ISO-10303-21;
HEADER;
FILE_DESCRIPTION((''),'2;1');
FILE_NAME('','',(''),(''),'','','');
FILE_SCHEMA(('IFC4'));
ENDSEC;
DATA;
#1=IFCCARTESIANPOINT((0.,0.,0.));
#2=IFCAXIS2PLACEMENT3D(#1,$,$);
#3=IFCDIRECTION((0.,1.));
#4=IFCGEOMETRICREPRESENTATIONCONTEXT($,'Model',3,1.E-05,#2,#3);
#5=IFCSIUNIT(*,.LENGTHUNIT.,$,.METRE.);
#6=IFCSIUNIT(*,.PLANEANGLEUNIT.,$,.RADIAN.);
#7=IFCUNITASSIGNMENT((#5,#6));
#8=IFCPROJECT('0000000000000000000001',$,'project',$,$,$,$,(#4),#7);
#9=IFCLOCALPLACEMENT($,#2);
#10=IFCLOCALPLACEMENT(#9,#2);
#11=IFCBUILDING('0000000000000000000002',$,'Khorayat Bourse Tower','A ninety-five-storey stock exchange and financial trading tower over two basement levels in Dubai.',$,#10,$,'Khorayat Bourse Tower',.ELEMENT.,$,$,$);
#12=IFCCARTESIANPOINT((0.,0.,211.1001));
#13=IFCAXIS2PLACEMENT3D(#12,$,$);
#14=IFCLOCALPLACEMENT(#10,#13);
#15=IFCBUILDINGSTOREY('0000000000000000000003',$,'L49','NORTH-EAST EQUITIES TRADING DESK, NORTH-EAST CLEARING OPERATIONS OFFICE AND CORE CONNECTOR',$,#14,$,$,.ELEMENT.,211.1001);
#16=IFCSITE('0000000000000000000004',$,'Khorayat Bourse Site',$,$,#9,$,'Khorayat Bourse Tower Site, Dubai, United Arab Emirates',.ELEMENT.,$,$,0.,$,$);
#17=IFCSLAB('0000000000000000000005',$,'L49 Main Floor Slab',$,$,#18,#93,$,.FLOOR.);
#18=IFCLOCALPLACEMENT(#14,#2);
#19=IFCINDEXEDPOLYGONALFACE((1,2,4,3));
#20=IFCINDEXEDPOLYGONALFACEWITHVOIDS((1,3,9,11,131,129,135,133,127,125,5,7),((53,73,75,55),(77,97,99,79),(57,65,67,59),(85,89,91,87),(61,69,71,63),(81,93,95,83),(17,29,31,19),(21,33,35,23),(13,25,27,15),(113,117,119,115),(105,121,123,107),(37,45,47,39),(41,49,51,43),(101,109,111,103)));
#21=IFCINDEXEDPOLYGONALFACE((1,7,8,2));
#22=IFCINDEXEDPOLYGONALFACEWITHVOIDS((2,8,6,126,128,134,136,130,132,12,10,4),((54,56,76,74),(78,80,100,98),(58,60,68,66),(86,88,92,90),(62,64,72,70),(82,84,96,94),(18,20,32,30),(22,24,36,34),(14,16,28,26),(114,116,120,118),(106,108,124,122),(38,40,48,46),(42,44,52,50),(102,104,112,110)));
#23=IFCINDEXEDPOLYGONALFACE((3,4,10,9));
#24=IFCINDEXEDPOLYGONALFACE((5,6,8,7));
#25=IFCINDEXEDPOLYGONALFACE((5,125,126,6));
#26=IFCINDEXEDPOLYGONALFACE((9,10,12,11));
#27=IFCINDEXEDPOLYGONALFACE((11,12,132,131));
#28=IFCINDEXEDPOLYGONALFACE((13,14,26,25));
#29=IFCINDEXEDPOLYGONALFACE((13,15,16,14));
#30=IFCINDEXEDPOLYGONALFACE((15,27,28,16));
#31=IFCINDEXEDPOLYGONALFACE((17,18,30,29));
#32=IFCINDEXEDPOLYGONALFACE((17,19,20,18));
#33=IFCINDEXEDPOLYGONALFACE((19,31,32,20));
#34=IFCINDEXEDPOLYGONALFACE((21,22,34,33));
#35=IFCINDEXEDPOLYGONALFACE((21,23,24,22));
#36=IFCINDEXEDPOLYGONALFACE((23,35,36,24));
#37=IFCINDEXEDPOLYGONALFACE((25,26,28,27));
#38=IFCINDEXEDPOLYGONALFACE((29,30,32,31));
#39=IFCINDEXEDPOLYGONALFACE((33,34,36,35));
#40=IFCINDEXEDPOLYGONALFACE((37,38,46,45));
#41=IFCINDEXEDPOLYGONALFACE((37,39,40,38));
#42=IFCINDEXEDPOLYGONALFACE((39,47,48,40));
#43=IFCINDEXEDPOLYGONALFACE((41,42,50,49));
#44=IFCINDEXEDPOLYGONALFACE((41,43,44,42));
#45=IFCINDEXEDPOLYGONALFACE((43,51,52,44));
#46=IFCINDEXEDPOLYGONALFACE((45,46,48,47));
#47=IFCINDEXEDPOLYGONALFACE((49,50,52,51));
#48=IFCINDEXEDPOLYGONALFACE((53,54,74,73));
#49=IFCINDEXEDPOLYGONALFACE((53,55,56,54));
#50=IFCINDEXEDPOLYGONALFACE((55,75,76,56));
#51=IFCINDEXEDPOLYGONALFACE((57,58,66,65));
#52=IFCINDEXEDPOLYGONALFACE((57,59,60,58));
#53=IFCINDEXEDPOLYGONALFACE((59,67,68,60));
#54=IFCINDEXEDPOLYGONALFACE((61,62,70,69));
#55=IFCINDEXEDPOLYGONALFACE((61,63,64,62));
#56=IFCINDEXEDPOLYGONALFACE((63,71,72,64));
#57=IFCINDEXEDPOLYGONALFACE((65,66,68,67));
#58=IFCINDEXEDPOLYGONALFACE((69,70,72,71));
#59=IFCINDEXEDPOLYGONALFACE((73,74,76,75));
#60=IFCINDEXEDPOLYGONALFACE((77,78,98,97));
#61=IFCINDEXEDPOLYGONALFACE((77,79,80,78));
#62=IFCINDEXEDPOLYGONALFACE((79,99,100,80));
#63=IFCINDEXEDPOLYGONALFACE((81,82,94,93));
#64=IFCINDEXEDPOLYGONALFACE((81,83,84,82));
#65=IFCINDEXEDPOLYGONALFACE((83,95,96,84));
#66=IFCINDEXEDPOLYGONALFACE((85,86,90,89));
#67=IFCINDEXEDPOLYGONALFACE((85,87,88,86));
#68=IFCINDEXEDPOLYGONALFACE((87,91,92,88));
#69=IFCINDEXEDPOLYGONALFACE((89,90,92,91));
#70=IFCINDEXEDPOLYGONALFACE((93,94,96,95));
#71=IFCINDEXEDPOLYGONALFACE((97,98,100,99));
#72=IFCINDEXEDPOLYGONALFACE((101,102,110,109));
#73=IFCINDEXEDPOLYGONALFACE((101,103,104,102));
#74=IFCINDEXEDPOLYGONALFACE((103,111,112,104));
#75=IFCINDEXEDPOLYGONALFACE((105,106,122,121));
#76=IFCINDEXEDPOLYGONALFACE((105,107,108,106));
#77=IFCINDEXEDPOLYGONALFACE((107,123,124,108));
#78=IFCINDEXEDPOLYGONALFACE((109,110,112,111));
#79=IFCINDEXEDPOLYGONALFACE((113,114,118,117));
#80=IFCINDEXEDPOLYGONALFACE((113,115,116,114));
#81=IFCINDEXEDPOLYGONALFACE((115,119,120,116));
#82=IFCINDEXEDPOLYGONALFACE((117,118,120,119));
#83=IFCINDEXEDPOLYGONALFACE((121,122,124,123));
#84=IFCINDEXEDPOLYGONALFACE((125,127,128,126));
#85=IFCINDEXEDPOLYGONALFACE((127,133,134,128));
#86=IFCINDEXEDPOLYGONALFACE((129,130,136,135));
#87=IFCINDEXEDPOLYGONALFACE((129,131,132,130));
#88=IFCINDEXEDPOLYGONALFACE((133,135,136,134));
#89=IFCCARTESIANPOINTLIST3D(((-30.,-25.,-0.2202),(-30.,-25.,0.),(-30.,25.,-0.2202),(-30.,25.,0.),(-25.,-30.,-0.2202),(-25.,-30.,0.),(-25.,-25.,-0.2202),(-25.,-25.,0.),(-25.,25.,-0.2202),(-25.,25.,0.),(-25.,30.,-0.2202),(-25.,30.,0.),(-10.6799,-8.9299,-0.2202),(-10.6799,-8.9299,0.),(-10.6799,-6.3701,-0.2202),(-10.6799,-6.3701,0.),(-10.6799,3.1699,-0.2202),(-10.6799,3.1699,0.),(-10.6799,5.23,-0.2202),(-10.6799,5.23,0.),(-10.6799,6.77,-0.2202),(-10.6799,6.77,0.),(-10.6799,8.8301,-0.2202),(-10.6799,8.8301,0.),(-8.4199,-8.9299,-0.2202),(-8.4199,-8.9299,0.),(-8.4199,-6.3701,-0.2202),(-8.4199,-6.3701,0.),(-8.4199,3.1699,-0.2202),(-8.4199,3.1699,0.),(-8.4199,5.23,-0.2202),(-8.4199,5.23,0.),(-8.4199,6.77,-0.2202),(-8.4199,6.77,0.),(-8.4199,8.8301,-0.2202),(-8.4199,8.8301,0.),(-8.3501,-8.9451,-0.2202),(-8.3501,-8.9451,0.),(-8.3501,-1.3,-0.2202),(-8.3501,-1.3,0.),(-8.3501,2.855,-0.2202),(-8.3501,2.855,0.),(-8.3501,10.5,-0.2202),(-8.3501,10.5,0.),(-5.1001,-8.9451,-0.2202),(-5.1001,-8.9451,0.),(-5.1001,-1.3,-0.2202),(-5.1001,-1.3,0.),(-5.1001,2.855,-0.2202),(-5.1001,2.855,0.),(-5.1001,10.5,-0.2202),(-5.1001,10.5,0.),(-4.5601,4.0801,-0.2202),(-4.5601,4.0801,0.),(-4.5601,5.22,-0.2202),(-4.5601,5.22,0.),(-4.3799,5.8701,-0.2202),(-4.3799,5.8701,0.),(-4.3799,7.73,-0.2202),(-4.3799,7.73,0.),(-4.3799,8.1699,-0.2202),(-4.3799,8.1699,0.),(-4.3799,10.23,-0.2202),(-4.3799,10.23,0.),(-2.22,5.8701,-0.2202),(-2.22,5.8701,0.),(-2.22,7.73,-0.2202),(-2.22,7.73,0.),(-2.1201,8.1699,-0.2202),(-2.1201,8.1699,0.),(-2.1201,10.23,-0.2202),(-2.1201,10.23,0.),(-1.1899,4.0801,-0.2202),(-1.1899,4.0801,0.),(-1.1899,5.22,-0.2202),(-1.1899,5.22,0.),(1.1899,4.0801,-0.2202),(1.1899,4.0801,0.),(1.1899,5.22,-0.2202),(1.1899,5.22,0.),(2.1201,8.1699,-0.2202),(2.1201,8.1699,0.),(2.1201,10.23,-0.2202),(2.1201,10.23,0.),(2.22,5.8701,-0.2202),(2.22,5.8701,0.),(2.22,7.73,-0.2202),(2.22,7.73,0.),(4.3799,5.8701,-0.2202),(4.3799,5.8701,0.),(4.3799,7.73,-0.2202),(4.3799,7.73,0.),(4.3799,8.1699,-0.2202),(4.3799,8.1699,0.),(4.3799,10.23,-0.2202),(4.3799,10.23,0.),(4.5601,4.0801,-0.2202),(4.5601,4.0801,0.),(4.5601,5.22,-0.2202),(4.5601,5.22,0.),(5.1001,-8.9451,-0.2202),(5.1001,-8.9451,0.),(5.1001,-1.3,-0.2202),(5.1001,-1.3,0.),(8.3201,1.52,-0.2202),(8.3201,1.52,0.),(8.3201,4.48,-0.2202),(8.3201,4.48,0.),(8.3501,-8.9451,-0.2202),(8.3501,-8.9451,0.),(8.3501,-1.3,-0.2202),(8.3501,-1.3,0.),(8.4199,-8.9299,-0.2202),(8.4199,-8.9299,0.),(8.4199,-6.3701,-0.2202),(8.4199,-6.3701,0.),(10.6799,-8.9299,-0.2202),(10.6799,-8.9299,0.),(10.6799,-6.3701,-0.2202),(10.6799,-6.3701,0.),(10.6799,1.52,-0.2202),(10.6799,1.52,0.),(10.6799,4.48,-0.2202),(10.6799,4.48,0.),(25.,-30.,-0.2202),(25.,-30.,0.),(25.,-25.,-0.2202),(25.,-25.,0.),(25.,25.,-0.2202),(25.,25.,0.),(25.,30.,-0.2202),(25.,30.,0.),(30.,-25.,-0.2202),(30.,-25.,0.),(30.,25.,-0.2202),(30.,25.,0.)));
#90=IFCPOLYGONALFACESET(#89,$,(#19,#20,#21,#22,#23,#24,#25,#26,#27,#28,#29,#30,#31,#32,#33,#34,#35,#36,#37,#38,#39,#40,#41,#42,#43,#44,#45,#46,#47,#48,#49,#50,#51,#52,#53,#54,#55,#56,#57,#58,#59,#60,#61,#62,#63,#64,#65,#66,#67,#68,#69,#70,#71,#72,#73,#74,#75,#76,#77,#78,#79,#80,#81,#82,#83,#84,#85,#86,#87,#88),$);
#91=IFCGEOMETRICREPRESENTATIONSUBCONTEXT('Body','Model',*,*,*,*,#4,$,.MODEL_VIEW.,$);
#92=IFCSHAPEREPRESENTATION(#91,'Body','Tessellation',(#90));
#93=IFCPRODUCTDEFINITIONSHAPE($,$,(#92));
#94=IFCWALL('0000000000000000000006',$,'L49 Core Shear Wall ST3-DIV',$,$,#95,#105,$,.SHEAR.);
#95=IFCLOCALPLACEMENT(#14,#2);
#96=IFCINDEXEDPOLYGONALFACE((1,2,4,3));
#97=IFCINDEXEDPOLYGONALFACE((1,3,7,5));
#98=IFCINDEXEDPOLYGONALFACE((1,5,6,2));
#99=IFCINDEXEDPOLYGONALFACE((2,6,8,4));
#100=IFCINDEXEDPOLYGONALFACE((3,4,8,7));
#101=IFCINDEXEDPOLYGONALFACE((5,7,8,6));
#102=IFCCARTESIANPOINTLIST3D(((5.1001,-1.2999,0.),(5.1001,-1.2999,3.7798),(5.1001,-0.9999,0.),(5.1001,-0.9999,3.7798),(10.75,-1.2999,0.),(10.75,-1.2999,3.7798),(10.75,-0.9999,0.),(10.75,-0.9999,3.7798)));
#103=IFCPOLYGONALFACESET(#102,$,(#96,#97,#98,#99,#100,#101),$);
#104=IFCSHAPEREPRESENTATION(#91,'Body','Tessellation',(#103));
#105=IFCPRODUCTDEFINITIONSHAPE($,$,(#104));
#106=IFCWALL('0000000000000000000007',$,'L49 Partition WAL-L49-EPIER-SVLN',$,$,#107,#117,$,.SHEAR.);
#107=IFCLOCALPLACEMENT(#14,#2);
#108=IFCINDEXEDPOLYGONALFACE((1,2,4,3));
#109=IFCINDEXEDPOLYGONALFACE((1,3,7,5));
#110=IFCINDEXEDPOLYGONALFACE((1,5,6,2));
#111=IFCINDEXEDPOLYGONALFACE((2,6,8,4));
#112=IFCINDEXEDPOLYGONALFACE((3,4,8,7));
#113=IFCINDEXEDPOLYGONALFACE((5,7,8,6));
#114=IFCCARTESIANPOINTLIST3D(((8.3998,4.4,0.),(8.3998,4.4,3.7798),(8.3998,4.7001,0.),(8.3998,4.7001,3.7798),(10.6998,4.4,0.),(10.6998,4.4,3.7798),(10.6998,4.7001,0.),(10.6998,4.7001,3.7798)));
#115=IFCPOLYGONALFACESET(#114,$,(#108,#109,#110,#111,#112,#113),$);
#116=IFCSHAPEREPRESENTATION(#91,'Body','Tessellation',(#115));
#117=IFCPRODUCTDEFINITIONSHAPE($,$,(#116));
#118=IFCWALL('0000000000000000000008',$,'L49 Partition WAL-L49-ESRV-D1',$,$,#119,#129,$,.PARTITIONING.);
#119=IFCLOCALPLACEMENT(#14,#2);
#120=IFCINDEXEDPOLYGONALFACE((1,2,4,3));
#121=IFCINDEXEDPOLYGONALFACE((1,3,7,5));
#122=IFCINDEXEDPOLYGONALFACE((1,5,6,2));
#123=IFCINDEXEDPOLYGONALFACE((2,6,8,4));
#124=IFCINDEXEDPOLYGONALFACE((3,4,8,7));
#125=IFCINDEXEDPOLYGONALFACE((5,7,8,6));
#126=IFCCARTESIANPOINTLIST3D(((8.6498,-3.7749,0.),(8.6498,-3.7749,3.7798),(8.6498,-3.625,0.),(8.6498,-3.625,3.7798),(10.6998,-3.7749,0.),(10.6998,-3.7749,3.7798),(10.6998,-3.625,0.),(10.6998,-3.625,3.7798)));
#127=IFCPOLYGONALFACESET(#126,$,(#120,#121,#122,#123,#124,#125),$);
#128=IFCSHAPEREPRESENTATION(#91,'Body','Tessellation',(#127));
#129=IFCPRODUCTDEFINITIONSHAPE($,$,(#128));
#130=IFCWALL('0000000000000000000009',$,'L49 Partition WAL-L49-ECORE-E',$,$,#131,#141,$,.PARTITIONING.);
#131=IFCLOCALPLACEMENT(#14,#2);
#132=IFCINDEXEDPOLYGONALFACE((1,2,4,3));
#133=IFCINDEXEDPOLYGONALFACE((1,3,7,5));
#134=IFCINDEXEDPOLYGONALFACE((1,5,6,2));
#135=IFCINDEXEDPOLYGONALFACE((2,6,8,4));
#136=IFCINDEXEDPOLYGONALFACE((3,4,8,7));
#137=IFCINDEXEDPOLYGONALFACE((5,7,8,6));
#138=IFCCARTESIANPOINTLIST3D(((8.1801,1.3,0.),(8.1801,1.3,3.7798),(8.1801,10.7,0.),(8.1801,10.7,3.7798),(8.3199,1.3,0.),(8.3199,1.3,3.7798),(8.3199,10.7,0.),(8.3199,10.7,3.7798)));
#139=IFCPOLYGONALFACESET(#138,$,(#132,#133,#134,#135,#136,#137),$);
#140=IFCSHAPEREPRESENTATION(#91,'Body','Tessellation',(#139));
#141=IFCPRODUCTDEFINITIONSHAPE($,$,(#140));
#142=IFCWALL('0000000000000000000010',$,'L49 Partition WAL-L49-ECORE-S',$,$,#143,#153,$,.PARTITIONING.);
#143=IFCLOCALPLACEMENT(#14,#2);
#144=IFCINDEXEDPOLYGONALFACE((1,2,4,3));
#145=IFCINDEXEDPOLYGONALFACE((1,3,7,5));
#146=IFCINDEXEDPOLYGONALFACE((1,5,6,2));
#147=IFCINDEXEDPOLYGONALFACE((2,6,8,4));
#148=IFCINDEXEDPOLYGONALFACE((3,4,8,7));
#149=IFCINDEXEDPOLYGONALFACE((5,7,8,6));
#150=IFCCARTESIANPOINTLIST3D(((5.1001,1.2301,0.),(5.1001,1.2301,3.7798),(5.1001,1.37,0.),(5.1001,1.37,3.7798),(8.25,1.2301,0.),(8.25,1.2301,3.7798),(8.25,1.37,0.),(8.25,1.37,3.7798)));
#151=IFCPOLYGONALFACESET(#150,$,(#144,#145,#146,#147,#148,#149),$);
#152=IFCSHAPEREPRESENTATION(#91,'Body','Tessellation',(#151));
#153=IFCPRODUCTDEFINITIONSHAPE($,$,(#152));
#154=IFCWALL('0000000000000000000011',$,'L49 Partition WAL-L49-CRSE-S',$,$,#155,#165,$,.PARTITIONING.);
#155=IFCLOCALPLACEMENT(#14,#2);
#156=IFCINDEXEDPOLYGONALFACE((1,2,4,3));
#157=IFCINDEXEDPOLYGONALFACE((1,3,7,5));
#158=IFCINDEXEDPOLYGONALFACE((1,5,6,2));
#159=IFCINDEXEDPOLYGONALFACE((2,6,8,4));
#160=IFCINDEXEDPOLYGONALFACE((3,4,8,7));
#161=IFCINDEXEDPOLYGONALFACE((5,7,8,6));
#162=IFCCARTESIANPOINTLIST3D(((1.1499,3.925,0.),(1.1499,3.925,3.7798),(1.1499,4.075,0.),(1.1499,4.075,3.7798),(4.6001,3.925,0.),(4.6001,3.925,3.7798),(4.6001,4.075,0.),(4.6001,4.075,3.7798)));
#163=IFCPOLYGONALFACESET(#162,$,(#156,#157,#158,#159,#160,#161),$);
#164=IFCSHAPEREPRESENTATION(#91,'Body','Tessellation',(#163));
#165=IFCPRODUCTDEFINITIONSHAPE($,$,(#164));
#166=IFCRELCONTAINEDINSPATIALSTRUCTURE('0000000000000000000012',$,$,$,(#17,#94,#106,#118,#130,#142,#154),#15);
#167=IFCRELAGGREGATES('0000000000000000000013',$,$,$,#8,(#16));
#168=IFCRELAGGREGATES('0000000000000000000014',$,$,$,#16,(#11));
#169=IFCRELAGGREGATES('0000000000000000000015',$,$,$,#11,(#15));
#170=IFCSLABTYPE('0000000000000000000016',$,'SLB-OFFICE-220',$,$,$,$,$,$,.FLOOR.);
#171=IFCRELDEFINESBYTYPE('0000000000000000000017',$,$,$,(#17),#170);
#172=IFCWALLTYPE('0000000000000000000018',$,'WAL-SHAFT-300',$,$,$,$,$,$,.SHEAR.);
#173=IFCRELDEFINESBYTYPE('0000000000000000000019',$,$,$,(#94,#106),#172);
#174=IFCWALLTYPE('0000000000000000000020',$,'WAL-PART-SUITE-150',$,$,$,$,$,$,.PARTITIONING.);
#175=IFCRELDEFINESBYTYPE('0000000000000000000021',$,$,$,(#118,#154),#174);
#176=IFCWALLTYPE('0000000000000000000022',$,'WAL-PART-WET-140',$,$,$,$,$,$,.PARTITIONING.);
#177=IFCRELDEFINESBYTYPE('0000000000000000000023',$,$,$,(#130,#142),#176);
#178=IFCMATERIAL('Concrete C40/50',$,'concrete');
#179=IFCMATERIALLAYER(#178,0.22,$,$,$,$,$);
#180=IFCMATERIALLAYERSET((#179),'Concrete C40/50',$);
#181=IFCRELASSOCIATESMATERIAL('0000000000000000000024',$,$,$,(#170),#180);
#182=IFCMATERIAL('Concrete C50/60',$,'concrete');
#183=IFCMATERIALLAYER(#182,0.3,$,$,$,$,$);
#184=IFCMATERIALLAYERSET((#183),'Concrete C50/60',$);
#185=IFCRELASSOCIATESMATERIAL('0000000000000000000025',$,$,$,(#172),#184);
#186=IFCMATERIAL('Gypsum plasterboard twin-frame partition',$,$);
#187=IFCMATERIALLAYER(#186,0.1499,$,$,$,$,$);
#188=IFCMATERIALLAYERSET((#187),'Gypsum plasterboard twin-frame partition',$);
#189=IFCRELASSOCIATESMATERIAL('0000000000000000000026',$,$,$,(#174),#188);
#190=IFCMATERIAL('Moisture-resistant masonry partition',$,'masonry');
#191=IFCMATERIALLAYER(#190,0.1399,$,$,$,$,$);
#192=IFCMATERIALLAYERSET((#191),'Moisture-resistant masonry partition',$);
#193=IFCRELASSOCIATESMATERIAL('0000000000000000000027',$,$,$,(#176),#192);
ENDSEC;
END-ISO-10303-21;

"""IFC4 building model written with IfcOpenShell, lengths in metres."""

from ifc_helpers import new_model, si_unit, direction, frame, frame_2d, origin, place, context, subcontext, project, spatial, polyline, rectangle, outline, extrude, source, transform, mapped, material, layer, layer_set, type_object, element, save


model = new_model("IFC4")

# Units and contexts
model_context = context("Model", 3, precision=1e-05, world=origin(), true_north=direction((0.0, 1.0)))
body_context = subcontext(model_context, "Body", "Model", "MODEL_VIEW")
ifc_project = project(units=[si_unit("LENGTHUNIT", "METRE"), si_unit("PLANEANGLEUNIT", "RADIAN")], contexts=[model_context])

# Site, building, storey
site_placement = place(None, origin())
site = spatial("IfcSite", under=ifc_project, at=site_placement, Name="Khorayat Bourse Site", LongName="Khorayat Bourse Tower Site, Dubai, United Arab Emirates", CompositionType="ELEMENT", RefElevation=0.0)
building_placement = place(site_placement, origin())
building = spatial("IfcBuilding", under=site, at=building_placement, Name="Khorayat Bourse Tower", Description="A ninety-five-storey stock exchange and financial trading tower over two basement levels in Dubai.", LongName="Khorayat Bourse Tower", CompositionType="ELEMENT")
storey_placement = place(building_placement, frame((0.0, 0.0, 211.1001)))
storey = spatial("IfcBuildingStorey", under=building, at=storey_placement, Name="L49", Description="NORTH-EAST EQUITIES TRADING DESK, NORTH-EAST CLEARING OPERATIONS OFFICE AND CORE CONNECTOR", CompositionType="ELEMENT", Elevation=211.1001)

# Shared definitions
ifc_material_1 = material(Name="Concrete C40/50", Category="concrete")

# Slab
ifc_layer_1 = layer(ifc_material_1, 0.22)
ifc_layer_set_1 = layer_set([ifc_layer_1], Name="Concrete C40/50")
slab_type_1 = type_object("IfcSlabType", Name="SLB-OFFICE-220", PredefinedType="FLOOR", material=ifc_layer_set_1)
slab_1_placement = place(storey_placement, frame((0.0, 0.0, -0.2202)))
element("IfcSlab", 1, at=slab_1_placement, inside=storey, type_object=slab_type_1, Name="L49 Main Floor Slab", PredefinedType="FLOOR", context=body_context, shape_type="SweptSolid", body=[
    extrude(outline(polyline([(-25.0, -30.0), (25.0, -30.0), (25.0, -25.0), (30.0, -25.0), (30.0, 25.0), (25.0, 25.0), (25.0, 30.0), (-25.0, 30.0), (-25.0, 25.0), (-30.0, 25.0), (-30.0, -25.0), (-25.0, -25.0), (-25.0, -30.0)]), holes=[polyline([(-8.3501, -8.9451), (-5.1001, -8.9451), (-5.1001, -1.3), (-8.3501, -1.3), (-8.3501, -8.9451)]), polyline([(-8.3501, 2.855), (-5.1001, 2.855), (-5.1001, 10.5), (-8.3501, 10.5), (-8.3501, 2.855)]), polyline([(5.1001, -8.9451), (8.3501, -8.9451), (8.3501, -1.3), (5.1001, -1.3), (5.1001, -8.9451)]), polyline([(-4.3799, 8.1699), (-2.1201, 8.1699), (-2.1201, 10.23), (-4.3799, 10.23), (-4.3799, 8.1699)]), polyline([(2.1201, 8.1699), (4.3799, 8.1699), (4.3799, 10.23), (2.1201, 10.23), (2.1201, 8.1699)]), polyline([(-4.3799, 5.8701), (-2.22, 5.8701), (-2.22, 7.73), (-4.3799, 7.73), (-4.3799, 5.8701)]), polyline([(2.22, 5.8701), (4.3799, 5.8701), (4.3799, 7.73), (2.22, 7.73), (2.22, 5.8701)]), polyline([(-10.6799, 3.1699), (-8.4199, 3.1699), (-8.4199, 5.23), (-10.6799, 5.23), (-10.6799, 3.1699)]), polyline([(-10.6799, 6.77), (-8.4199, 6.77), (-8.4199, 8.8301), (-10.6799, 8.8301), (-10.6799, 6.77)]), polyline([(-10.6799, -8.9299), (-8.4199, -8.9299), (-8.4199, -6.3701), (-10.6799, -6.3701), (-10.6799, -8.9299)]), polyline([(8.4199, -8.9299), (10.6799, -8.9299), (10.6799, -6.3701), (8.4199, -6.3701), (8.4199, -8.9299)]), polyline([(8.3201, 1.52), (10.6799, 1.52), (10.6799, 4.48), (8.3201, 4.48), (8.3201, 1.52)]), polyline([(-4.5601, 4.0801), (-1.1899, 4.0801), (-1.1899, 5.22), (-4.5601, 5.22), (-4.5601, 4.0801)]), polyline([(1.1899, 4.0801), (4.5601, 4.0801), (4.5601, 5.22), (1.1899, 5.22), (1.1899, 4.0801)])]), origin(), (0.0, 0.0, 1.0), 0.2202),
])

# Walls
ifc_material_2 = material(Name="Concrete C50/60", Category="concrete")
ifc_layer_2 = layer(ifc_material_2, 0.3)
ifc_layer_set_2 = layer_set([ifc_layer_2], Name="Concrete C50/60")
wall_type_1 = type_object("IfcWallType", Name="WAL-SHAFT-300", PredefinedType="SHEAR", material=ifc_layer_set_2)
shared_shape_1 = source(origin(), body_context, "Body", "SweptSolid", [
    extrude(rectangle(XDim=5.6499, YDim=0.3, at=frame_2d((2.825, 0.0))), origin(), (0.0, 0.0, 1.0), 3.7798),
])
wall_1_placement = place(storey_placement, frame((5.1001, -1.1499, 0.0), z_axis=(0.0, 0.0, 1.0), x_axis=(1.0, 0.0, 0.0)))
element("IfcWall", 2, at=wall_1_placement, inside=storey, type_object=wall_type_1, Name="L49 Core Shear Wall ST3-DIV", PredefinedType="SHEAR", context=body_context, shape_type="MappedRepresentation", body=[
    mapped(shared_shape_1, transform((0.0, 0.0, 0.0), scale=1.0)),
])
shared_shape_2 = source(origin(), body_context, "Body", "SweptSolid", [
    extrude(rectangle(XDim=2.3, YDim=0.3, at=frame_2d((1.1499, 0.0))), origin(), (0.0, 0.0, 1.0), 3.7798),
])
wall_2_placement = place(storey_placement, frame((8.3999, 4.55, 0.0), z_axis=(0.0, 0.0, 1.0), x_axis=(1.0, 0.0, 0.0)))
element("IfcWall", 3, at=wall_2_placement, inside=storey, type_object=wall_type_1, Name="L49 Partition WAL-L49-EPIER-SVLN", PredefinedType="SHEAR", context=body_context, shape_type="MappedRepresentation", body=[
    mapped(shared_shape_2, transform((0.0, 0.0, 0.0), scale=1.0)),
])
ifc_material_3 = material(Name="Gypsum plasterboard twin-frame partition")
ifc_layer_3 = layer(ifc_material_3, 0.1499)
ifc_layer_set_3 = layer_set([ifc_layer_3], Name="Gypsum plasterboard twin-frame partition")
wall_type_2 = type_object("IfcWallType", Name="WAL-PART-SUITE-150", PredefinedType="PARTITIONING", material=ifc_layer_set_3)
shared_shape_3 = source(origin(), body_context, "Body", "SweptSolid", [
    extrude(rectangle(XDim=2.05, YDim=0.1499, at=frame_2d((1.0249, 0.0))), origin(), (0.0, 0.0, 1.0), 3.7798),
])
wall_3_placement = place(storey_placement, frame((8.6499, -3.7, 0.0), z_axis=(0.0, 0.0, 1.0), x_axis=(1.0, 0.0, 0.0)))
element("IfcWall", 4, at=wall_3_placement, inside=storey, type_object=wall_type_2, Name="L49 Partition WAL-L49-ESRV-D1", PredefinedType="PARTITIONING", context=body_context, shape_type="MappedRepresentation", body=[
    mapped(shared_shape_3, transform((0.0, 0.0, 0.0), scale=1.0)),
])
ifc_material_4 = material(Name="Moisture-resistant masonry partition", Category="masonry")
ifc_layer_4 = layer(ifc_material_4, 0.1399)
ifc_layer_set_4 = layer_set([ifc_layer_4], Name="Moisture-resistant masonry partition")
wall_type_3 = type_object("IfcWallType", Name="WAL-PART-WET-140", PredefinedType="PARTITIONING", material=ifc_layer_set_4)
shared_shape_4 = source(origin(), body_context, "Body", "SweptSolid", [
    extrude(rectangle(XDim=9.3999, YDim=0.1399, at=frame_2d((4.7, 0.0))), origin(), (0.0, 0.0, 1.0), 3.7798),
])
wall_4_placement = place(storey_placement, frame((8.25, 1.3, 0.0), z_axis=(0.0, 0.0, 1.0), x_axis=(0.0, 1.0, 0.0)))
element("IfcWall", 5, at=wall_4_placement, inside=storey, type_object=wall_type_3, Name="L49 Partition WAL-L49-ECORE-E", PredefinedType="PARTITIONING", context=body_context, shape_type="MappedRepresentation", body=[
    mapped(shared_shape_4, transform((0.0, 0.0, 0.0), scale=1.0)),
])
shared_shape_5 = source(origin(), body_context, "Body", "SweptSolid", [
    extrude(rectangle(XDim=3.1499, YDim=0.1399, at=frame_2d((1.575, 0.0))), origin(), (0.0, 0.0, 1.0), 3.7798),
])
wall_5_placement = place(storey_placement, frame((5.1001, 1.3, 0.0), z_axis=(0.0, 0.0, 1.0), x_axis=(1.0, 0.0, 0.0)))
element("IfcWall", 6, at=wall_5_placement, inside=storey, type_object=wall_type_3, Name="L49 Partition WAL-L49-ECORE-S", PredefinedType="PARTITIONING", context=body_context, shape_type="MappedRepresentation", body=[
    mapped(shared_shape_5, transform((0.0, 0.0, 0.0), scale=1.0)),
])

# Wall
shared_shape_6 = source(origin(), body_context, "Body", "SweptSolid", [
    extrude(rectangle(XDim=3.4502, YDim=0.1499, at=frame_2d((1.7251, 0.0))), origin(), (0.0, 0.0, 1.0), 3.7798),
])
wall_6_placement = place(storey_placement, frame((1.1499, 4.0, 0.0), z_axis=(0.0, 0.0, 1.0), x_axis=(1.0, 0.0, 0.0)))
element("IfcWall", 7, at=wall_6_placement, inside=storey, type_object=wall_type_2, Name="L49 Partition WAL-L49-CRSE-S", PredefinedType="PARTITIONING", context=body_context, shape_type="MappedRepresentation", body=[
    mapped(shared_shape_6, transform((0.0, 0.0, 0.0), scale=1.0)),
])

save(model, "model.ifc")
